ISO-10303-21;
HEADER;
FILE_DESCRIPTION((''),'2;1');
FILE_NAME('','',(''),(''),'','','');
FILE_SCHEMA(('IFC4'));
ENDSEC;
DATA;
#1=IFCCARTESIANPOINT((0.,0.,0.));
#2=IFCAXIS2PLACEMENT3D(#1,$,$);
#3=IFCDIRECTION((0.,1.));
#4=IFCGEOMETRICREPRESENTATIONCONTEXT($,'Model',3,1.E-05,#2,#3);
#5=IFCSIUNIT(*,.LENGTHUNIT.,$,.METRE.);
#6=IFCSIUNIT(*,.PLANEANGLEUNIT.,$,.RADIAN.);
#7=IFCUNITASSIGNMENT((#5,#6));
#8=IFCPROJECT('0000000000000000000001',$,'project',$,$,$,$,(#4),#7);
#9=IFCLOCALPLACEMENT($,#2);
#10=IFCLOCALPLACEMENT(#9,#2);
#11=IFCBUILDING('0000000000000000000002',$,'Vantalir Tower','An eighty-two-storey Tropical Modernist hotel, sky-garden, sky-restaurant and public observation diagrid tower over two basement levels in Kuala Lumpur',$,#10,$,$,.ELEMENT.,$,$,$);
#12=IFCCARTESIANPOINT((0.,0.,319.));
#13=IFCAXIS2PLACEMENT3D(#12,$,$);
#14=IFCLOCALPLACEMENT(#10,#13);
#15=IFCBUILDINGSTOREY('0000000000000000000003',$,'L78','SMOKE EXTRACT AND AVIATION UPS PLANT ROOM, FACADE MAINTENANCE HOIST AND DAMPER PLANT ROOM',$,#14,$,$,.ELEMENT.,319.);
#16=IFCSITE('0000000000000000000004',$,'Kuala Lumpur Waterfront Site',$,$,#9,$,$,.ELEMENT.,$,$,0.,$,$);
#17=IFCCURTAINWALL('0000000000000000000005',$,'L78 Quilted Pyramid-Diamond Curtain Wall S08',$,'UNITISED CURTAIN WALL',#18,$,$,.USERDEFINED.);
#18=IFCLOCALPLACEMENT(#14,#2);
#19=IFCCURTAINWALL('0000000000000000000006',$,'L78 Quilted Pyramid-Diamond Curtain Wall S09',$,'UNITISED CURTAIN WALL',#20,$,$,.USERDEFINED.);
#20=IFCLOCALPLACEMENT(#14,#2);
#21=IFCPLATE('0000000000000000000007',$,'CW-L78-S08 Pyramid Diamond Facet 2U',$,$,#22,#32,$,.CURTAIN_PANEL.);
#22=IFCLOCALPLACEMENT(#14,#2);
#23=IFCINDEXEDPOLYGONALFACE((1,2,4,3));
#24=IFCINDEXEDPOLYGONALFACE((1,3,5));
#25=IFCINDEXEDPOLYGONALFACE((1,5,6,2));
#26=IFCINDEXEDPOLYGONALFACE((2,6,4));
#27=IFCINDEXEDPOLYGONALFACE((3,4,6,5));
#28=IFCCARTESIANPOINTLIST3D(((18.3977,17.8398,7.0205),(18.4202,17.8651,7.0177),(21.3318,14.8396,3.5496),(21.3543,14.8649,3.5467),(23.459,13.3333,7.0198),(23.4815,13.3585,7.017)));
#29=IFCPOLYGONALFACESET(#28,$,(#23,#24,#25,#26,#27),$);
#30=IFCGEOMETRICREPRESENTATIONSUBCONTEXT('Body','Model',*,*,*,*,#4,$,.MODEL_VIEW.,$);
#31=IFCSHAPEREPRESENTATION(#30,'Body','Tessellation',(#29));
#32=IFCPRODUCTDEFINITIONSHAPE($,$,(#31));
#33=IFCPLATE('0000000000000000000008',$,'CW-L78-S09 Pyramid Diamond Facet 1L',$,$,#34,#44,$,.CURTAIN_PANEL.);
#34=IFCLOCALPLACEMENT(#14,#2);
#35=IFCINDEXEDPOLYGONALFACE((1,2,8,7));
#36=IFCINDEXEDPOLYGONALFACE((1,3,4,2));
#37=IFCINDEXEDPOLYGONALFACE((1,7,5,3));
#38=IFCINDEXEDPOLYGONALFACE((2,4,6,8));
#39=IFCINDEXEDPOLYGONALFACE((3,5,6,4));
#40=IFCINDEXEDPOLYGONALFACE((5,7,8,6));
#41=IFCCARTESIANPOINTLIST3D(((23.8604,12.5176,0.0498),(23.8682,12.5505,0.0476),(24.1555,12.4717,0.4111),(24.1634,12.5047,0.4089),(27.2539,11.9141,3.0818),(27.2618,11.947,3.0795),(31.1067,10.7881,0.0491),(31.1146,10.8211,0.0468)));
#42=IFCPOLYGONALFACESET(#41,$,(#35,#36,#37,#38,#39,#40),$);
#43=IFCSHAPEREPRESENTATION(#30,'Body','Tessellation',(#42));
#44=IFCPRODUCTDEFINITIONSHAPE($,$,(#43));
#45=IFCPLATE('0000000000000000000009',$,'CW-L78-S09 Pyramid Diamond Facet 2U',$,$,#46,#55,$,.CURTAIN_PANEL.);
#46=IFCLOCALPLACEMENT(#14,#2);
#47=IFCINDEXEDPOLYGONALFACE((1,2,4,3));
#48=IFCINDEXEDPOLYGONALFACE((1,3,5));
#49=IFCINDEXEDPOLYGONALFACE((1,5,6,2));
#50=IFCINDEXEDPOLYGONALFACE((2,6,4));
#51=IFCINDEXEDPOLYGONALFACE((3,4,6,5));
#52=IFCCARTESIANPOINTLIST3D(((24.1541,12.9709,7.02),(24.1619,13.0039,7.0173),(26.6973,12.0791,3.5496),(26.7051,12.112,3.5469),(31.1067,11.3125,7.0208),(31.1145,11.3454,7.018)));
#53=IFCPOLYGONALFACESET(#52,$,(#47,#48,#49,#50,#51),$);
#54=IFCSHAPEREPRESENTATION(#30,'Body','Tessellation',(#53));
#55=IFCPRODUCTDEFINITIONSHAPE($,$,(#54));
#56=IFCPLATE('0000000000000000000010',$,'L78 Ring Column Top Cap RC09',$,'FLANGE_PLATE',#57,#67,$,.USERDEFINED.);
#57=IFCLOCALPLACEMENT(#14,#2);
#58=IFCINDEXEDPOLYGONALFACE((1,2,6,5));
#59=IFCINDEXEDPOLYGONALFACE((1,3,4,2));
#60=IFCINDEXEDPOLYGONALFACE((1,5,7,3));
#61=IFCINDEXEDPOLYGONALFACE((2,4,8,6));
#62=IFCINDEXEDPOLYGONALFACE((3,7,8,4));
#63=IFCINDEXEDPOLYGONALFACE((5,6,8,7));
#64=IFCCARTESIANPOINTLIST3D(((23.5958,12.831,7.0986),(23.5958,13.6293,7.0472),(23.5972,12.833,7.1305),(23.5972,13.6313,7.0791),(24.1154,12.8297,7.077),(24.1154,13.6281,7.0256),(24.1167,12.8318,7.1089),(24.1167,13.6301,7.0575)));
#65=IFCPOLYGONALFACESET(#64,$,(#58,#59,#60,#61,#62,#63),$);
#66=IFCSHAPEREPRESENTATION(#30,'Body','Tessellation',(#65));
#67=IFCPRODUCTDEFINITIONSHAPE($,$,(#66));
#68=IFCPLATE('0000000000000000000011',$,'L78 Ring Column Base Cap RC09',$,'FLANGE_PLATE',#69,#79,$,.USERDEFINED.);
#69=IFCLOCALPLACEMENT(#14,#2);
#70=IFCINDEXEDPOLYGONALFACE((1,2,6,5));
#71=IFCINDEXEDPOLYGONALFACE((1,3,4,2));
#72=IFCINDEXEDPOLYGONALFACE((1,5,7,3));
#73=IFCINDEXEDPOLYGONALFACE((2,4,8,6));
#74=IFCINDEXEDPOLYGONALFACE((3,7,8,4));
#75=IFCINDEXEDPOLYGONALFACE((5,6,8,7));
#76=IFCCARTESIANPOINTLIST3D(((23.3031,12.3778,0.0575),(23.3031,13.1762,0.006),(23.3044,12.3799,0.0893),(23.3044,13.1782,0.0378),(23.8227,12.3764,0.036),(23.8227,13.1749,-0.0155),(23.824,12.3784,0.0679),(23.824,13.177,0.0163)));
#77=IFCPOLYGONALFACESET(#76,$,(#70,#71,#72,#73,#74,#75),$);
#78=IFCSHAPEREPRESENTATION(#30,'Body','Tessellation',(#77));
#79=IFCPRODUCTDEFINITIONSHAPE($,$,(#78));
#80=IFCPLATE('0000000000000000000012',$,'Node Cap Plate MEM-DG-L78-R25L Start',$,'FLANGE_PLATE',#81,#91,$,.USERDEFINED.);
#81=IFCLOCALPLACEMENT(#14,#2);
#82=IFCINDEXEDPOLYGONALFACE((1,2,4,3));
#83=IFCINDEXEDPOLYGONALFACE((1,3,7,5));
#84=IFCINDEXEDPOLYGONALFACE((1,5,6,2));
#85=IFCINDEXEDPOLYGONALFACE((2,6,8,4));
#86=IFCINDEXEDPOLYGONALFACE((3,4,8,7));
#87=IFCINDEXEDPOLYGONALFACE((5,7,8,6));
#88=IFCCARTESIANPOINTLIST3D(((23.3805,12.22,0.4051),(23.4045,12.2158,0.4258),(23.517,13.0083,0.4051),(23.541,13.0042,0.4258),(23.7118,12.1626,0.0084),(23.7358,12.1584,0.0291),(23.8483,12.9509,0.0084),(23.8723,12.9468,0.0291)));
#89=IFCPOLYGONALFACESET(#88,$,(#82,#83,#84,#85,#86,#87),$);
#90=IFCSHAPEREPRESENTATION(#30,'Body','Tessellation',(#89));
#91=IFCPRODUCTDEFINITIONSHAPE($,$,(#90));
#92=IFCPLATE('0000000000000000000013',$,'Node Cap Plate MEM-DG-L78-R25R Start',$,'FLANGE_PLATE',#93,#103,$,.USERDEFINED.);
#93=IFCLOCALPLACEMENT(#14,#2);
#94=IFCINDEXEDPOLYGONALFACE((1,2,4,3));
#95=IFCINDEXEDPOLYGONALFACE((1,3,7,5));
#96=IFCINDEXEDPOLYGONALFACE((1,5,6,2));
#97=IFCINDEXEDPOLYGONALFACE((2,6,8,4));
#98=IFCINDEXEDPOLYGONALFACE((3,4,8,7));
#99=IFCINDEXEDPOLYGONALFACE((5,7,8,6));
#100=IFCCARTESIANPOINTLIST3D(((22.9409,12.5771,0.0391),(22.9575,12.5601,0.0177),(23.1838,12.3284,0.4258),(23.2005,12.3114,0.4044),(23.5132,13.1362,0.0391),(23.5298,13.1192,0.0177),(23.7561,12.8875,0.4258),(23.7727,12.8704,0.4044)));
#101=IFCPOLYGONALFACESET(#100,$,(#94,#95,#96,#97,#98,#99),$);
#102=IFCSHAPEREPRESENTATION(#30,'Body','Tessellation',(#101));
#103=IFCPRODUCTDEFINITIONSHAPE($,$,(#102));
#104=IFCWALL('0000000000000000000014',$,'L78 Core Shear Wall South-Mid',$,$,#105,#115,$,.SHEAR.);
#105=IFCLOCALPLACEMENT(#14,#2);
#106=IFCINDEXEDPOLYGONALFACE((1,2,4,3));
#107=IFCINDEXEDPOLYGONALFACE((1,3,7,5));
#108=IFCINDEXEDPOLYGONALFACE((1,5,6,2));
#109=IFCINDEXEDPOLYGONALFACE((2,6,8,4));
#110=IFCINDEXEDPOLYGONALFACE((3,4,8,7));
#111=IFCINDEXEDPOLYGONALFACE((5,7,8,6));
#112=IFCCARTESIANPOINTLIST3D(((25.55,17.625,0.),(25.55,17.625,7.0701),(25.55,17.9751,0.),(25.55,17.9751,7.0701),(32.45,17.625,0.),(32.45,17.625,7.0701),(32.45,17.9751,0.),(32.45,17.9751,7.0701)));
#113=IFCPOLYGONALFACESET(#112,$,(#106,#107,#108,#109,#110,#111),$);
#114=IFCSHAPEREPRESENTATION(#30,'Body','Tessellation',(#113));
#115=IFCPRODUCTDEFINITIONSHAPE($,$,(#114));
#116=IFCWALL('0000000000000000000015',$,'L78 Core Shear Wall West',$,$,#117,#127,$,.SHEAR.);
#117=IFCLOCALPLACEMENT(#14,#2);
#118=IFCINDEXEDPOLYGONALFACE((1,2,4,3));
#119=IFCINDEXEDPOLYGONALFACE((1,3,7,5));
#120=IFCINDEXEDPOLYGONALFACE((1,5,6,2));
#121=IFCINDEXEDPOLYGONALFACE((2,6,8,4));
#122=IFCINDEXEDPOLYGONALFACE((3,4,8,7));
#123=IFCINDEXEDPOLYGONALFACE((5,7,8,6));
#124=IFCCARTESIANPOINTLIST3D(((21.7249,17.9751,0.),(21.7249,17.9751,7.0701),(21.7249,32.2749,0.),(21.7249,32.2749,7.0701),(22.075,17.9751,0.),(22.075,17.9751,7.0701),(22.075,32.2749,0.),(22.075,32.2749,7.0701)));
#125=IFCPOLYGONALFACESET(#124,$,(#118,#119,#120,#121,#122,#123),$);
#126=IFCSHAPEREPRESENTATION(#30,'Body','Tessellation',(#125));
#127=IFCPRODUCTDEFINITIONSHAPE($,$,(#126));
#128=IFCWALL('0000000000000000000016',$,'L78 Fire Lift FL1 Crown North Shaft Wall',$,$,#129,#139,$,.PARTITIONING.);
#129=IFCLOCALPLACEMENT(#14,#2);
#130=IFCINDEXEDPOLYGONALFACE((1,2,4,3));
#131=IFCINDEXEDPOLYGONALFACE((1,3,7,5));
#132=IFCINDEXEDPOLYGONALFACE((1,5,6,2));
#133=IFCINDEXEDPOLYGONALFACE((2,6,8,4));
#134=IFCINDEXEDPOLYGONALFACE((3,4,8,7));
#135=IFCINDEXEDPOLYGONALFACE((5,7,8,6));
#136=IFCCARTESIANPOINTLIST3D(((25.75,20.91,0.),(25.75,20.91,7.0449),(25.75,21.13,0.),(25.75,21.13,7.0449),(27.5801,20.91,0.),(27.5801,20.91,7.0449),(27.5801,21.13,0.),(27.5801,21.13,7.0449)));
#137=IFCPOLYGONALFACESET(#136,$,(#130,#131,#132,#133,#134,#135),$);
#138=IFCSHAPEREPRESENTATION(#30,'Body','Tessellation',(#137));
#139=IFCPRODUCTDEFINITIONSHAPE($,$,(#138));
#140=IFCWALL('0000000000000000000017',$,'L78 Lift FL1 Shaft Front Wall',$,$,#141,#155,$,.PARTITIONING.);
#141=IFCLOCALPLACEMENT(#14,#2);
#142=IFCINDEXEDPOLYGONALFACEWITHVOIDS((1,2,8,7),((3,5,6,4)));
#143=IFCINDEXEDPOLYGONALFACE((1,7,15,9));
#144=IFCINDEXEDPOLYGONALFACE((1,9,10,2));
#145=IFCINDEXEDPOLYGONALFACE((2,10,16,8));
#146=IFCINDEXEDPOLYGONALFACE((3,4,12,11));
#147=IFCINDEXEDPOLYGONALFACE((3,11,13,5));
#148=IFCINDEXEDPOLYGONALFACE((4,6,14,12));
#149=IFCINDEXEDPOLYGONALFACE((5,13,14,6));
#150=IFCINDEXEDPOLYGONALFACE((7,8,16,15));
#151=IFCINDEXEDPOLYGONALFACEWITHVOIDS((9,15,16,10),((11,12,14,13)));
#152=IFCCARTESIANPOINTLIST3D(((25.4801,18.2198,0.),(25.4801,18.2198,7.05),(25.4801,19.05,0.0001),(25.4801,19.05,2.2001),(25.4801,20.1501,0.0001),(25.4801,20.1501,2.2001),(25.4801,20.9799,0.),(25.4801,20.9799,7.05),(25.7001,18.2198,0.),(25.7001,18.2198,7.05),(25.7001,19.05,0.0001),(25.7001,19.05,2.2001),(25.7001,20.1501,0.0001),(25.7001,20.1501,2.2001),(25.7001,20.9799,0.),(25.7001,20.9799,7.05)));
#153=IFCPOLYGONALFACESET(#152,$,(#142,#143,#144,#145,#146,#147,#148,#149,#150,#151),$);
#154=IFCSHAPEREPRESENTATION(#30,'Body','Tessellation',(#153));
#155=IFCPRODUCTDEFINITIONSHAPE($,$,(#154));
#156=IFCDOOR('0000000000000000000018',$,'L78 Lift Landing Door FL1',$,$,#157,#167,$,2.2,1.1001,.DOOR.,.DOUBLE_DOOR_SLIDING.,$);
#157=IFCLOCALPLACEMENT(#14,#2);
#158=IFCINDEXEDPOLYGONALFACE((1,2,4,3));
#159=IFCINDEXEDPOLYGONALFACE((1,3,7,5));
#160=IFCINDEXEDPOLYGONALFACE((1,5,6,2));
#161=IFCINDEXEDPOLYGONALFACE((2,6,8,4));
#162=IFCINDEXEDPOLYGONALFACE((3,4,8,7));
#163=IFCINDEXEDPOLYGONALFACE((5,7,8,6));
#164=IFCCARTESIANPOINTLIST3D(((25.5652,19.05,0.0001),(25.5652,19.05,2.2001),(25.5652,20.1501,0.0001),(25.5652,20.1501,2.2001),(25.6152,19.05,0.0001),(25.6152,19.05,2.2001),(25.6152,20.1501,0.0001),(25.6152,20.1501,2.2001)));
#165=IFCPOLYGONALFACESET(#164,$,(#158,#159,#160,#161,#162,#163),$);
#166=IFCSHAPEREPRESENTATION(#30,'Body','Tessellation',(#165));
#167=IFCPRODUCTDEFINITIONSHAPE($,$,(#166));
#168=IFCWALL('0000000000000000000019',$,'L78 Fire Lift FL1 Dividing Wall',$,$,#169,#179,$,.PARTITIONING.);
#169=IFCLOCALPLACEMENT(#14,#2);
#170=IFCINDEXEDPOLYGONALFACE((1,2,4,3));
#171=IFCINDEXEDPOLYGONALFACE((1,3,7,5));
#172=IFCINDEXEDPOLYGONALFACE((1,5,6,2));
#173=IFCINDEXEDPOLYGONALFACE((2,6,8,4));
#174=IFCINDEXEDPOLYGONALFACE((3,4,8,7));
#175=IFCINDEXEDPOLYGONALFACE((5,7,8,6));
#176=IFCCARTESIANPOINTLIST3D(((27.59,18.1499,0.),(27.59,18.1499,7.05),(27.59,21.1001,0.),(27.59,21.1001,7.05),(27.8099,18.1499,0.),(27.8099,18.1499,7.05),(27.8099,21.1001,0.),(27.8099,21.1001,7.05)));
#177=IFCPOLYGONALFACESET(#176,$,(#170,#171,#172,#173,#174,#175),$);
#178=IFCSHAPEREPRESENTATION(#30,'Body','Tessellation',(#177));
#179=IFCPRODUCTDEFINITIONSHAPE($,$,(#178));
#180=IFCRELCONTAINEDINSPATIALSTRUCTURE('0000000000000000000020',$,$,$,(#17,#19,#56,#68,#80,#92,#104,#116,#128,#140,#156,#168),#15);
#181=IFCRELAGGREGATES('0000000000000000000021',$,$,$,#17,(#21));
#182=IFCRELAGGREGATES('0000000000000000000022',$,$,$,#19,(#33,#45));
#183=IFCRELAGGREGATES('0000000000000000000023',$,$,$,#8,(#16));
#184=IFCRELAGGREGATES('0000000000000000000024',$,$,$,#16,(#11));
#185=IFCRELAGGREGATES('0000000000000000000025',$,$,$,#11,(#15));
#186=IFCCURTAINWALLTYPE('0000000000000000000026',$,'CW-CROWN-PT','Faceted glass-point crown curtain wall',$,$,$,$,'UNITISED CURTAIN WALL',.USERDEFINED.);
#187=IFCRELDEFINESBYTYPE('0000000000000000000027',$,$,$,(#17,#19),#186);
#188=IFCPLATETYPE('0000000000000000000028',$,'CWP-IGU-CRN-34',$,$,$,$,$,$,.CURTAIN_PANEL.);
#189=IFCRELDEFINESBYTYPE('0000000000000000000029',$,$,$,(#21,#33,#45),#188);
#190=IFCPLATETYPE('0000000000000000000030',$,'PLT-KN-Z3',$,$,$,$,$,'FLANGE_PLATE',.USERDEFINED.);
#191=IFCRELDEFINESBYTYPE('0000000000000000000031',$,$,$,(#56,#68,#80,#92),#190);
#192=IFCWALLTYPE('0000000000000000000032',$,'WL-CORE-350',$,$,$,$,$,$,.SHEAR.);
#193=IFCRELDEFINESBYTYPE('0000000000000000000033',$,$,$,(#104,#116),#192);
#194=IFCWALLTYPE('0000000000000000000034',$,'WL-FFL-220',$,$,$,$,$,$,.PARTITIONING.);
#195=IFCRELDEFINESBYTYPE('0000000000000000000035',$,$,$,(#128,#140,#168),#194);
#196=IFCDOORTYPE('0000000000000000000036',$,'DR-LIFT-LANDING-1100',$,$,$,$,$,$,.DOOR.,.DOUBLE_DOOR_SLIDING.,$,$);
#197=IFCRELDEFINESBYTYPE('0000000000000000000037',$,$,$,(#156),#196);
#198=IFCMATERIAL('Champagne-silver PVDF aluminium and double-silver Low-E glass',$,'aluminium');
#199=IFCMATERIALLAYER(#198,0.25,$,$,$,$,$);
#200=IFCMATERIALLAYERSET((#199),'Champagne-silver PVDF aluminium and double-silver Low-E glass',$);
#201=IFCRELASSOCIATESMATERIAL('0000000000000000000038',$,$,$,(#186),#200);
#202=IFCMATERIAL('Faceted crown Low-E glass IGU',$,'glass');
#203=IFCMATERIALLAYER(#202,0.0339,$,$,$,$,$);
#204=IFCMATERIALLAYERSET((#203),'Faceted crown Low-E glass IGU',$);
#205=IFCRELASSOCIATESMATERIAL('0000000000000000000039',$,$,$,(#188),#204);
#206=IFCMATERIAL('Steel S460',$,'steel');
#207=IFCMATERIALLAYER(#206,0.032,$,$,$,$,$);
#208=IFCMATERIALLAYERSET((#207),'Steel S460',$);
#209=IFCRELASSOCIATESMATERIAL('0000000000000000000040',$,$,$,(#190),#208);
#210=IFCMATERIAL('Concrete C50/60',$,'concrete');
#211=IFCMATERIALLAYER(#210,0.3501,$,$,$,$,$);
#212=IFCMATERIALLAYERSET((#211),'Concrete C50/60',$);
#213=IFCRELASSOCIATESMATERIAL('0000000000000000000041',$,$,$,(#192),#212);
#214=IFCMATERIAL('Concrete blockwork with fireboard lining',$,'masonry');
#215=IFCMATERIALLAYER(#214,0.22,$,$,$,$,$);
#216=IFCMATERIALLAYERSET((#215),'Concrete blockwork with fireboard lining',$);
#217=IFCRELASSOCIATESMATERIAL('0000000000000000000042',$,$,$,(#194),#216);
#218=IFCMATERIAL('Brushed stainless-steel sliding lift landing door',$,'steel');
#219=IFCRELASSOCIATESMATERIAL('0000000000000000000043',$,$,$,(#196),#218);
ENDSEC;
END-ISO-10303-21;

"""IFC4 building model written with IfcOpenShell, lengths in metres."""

from ifc_helpers import new_model, si_unit, direction, frame, frame_2d, origin, place, context, subcontext, project, spatial, polyline, rectangle, outline, extrude, material, layer, layer_set, type_object, element, fill, aggregate, save


model = new_model("IFC4")

# Units and contexts
model_context = context("Model", 3, precision=1e-05, world=origin(), true_north=direction((0.0, 1.0)))
body_context = subcontext(model_context, "Body", "Model", "MODEL_VIEW")
ifc_project = project(units=[si_unit("LENGTHUNIT", "METRE"), si_unit("PLANEANGLEUNIT", "RADIAN")], contexts=[model_context])

# Site, building, storey
site_placement = place(None, origin())
site = spatial("IfcSite", under=ifc_project, at=site_placement, Name="Kuala Lumpur Waterfront Site", CompositionType="ELEMENT", RefElevation=0.0)
building_placement = place(site_placement, origin())
building = spatial("IfcBuilding", under=site, at=building_placement, Name="Vantalir Tower", Description="An eighty-two-storey Tropical Modernist hotel, sky-garden, sky-restaurant and public observation diagrid tower over two basement levels in Kuala Lumpur", CompositionType="ELEMENT")
storey_placement = place(building_placement, frame((0.0, 0.0, 319.0)))
storey = spatial("IfcBuildingStorey", under=building, at=storey_placement, Name="L78", Description="SMOKE EXTRACT AND AVIATION UPS PLANT ROOM, FACADE MAINTENANCE HOIST AND DAMPER PLANT ROOM", CompositionType="ELEMENT", Elevation=319.0)

# Shared definitions
ifc_material_1 = material(Name="Concrete C50/60", Category="concrete")
ifc_material_2 = material(Name="Steel S460", Category="steel")

# Curtain wall
ifc_material_3 = material(Name="Champagne-silver PVDF aluminium and double-silver Low-E glass", Category="aluminium")
ifc_layer_1 = layer(ifc_material_3, 0.25)
ifc_layer_set_1 = layer_set([ifc_layer_1], Name="Champagne-silver PVDF aluminium and double-silver Low-E glass")
curtain_wall_type = type_object("IfcCurtainWallType", Name="CW-CROWN-PT", Description="Faceted glass-point crown curtain wall", ElementType="UNITISED CURTAIN WALL", PredefinedType="USERDEFINED", material=ifc_layer_set_1)
curtain_wall_1_placement = place(storey_placement, origin())
curtain_wall_1 = element("IfcCurtainWall", 1, at=curtain_wall_1_placement, inside=storey, type_object=curtain_wall_type, Name="L78 Quilted Pyramid-Diamond Curtain Wall S08", ObjectType="UNITISED CURTAIN WALL", PredefinedType="USERDEFINED")

# Curtain wall
curtain_wall_2_placement = place(storey_placement, origin())
curtain_wall_2 = element("IfcCurtainWall", 2, at=curtain_wall_2_placement, inside=storey, type_object=curtain_wall_type, Name="L78 Quilted Pyramid-Diamond Curtain Wall S09", ObjectType="UNITISED CURTAIN WALL", PredefinedType="USERDEFINED")

# Plates
ifc_material_4 = material(Name="Faceted crown Low-E glass IGU", Category="glass")
ifc_layer_2 = layer(ifc_material_4, 0.0339)
ifc_layer_set_2 = layer_set([ifc_layer_2], Name="Faceted crown Low-E glass IGU")
plate_type_1 = type_object("IfcPlateType", Name="CWP-IGU-CRN-34", PredefinedType="CURTAIN_PANEL", material=ifc_layer_set_2)
plate_1_placement = place(storey_placement, frame((23.459, 13.3333, 7.0198), z_axis=(-0.662687, -0.744266, 0.083148), x_axis=(-0.746847, 0.664996, 0.000108)))
plate_1 = element("IfcPlate", 3, at=plate_1_placement, type_object=plate_type_1, Name="CW-L78-S08 Pyramid Diamond Facet 2U", PredefinedType="CURTAIN_PANEL", context=body_context, shape_type="SweptSolid", body=[
    extrude(outline(polyline([(0.0, 0.0), (6.7769, 0.0), (2.59, 3.4826), (0.0, 0.0)])), origin(), (0.0, 0.0, -1.0), 0.0339),
])
aggregate(curtain_wall_1, [plate_1])
plate_2_placement = place(storey_placement, frame((23.8604, 12.5176, 0.0498), z_axis=(-0.231631, -0.970558, 0.066064), x_axis=(0.972681, -0.232144, -0.000099)))
plate_2 = element("IfcPlate", 4, at=plate_2_placement, type_object=plate_type_1, Name="CW-L78-S09 Pyramid Diamond Facet 1L", PredefinedType="CURTAIN_PANEL", context=body_context, shape_type="SweptSolid", body=[
    extrude(outline(polyline([(0.0, 0.0), (7.4499, 0.0), (3.4407, 3.039), (0.2977, 0.3621), (0.0, 0.0)])), origin(), (0.0, 0.0, -1.0), 0.0339),
])
plate_3_placement = place(storey_placement, frame((31.1067, 11.3125, 7.0208), z_axis=(-0.231296, -0.969615, 0.079676), x_axis=(-0.97271, 0.232025, -0.000102)))
plate_3 = element("IfcPlate", 5, at=plate_3_placement, type_object=plate_type_1, Name="CW-L78-S09 Pyramid Diamond Facet 2U", PredefinedType="CURTAIN_PANEL", context=body_context, shape_type="SweptSolid", body=[
    extrude(outline(polyline([(0.0, 0.0), (7.1477, 0.0), (4.4673, 3.4818), (0.0, 0.0)])), origin(), (0.0, 0.0, -1.0), 0.0339),
])
aggregate(curtain_wall_2, [plate_2, plate_3])

# Plates
ifc_layer_3 = layer(ifc_material_2, 0.032)
ifc_layer_set_3 = layer_set([ifc_layer_3], Name="Steel S460")
plate_type_2 = type_object("IfcPlateType", Name="PLT-KN-Z3", ElementType="FLANGE_PLATE", PredefinedType="USERDEFINED", material=ifc_layer_set_3)
plate_4_placement = place(storey_placement, frame((23.5972, 13.6313, 7.0791), z_axis=(0.041617, 0.064184, 0.99707), x_axis=(0.000006, -0.997934, 0.06424)))
element("IfcPlate", 6, at=plate_4_placement, inside=storey, type_object=plate_type_2, Name="L78 Ring Column Top Cap RC09", ObjectType="FLANGE_PLATE", PredefinedType="USERDEFINED", context=body_context, shape_type="SweptSolid", body=[
    extrude(outline(polyline([(0.0, 0.0), (0.8, 0.0), (0.7998, 0.52), (-0.0002, 0.52), (0.0, 0.0)])), origin(), (0.0, 0.0, -1.0), 0.032),
])
plate_5_placement = place(storey_placement, frame((23.3044, 13.1782, 0.0378), z_axis=(0.041398, 0.064327, 0.99707), x_axis=(0.0, -0.997925, 0.064382)))
element("IfcPlate", 7, at=plate_5_placement, inside=storey, type_object=plate_type_2, Name="L78 Ring Column Base Cap RC09", ObjectType="FLANGE_PLATE", PredefinedType="USERDEFINED", context=body_context, shape_type="SweptSolid", body=[
    extrude(outline(polyline([(0.0, 0.0), (0.8, 0.0), (0.8001, 0.52), (-0.0002, 0.52), (0.0, 0.0)])), origin(), (0.0, 0.0, -1.0), 0.032),
])
plate_6_placement = place(storey_placement, frame((23.7358, 12.1584, 0.0291), z_axis=(0.751696, -0.130133, 0.646543), x_axis=(0.170581, 0.985344, 0.0)))
element("IfcPlate", 8, at=plate_6_placement, inside=storey, type_object=plate_type_2, Name="Node Cap Plate MEM-DG-L78-R25L Start", ObjectType="FLANGE_PLATE", PredefinedType="USERDEFINED", context=body_context, shape_type="SweptSolid", body=[
    extrude(outline(polyline([(0.0, 0.0), (0.8001, 0.0), (0.8001, 0.52), (0.0, 0.52), (0.0, 0.0)])), origin(), (0.0, 0.0, -1.0), 0.032),
])
plate_7_placement = place(storey_placement, frame((23.5132, 13.1362, 0.0391), z_axis=(-0.519654, 0.531908, 0.668605), x_axis=(-0.715298, -0.698819, 0.0)))
element("IfcPlate", 9, at=plate_7_placement, inside=storey, type_object=plate_type_2, Name="Node Cap Plate MEM-DG-L78-R25R Start", ObjectType="FLANGE_PLATE", PredefinedType="USERDEFINED", context=body_context, shape_type="SweptSolid", body=[
    extrude(outline(polyline([(0.0, 0.0), (0.8, 0.0), (0.8001, 0.5201), (0.0001, 0.5201), (0.0, 0.0)])), origin(), (0.0, 0.0, -1.0), 0.032),
])

# Walls
ifc_layer_4 = layer(ifc_material_1, 0.3501)
ifc_layer_set_4 = layer_set([ifc_layer_4], Name="Concrete C50/60")
wall_type_1 = type_object("IfcWallType", Name="WL-CORE-350", PredefinedType="SHEAR", material=ifc_layer_set_4)
wall_1_placement = place(storey_placement, frame((25.55, 17.8, 0.0), z_axis=(0.0, 0.0, 1.0), x_axis=(1.0, 0.0, 0.0)))
element("IfcWall", 10, at=wall_1_placement, inside=storey, type_object=wall_type_1, Name="L78 Core Shear Wall South-Mid", PredefinedType="SHEAR", context=body_context, shape_type="SweptSolid", body=[
    extrude(rectangle(XDim=6.8999, YDim=0.3501, at=frame_2d((3.45, 0.0))), origin(), (0.0, 0.0, 1.0), 7.0701),
])
wall_2_placement = place(storey_placement, frame((21.8999, 17.9751, 0.0), z_axis=(0.0, 0.0, 1.0), x_axis=(0.0, 1.0, 0.0)))
element("IfcWall", 11, at=wall_2_placement, inside=storey, type_object=wall_type_1, Name="L78 Core Shear Wall West", PredefinedType="SHEAR", context=body_context, shape_type="SweptSolid", body=[
    extrude(rectangle(XDim=14.2998, YDim=0.3501, at=frame_2d((7.1499, 0.0))), origin(), (0.0, 0.0, 1.0), 7.0701),
])
ifc_material_5 = material(Name="Concrete blockwork with fireboard lining", Category="masonry")
ifc_layer_5 = layer(ifc_material_5, 0.22)
ifc_layer_set_5 = layer_set([ifc_layer_5], Name="Concrete blockwork with fireboard lining")
wall_type_2 = type_object("IfcWallType", Name="WL-FFL-220", PredefinedType="PARTITIONING", material=ifc_layer_set_5)
wall_3_placement = place(storey_placement, frame((25.75, 21.02, 0.0), z_axis=(0.0, 0.0, 1.0), x_axis=(1.0, 0.0, 0.0)))
element("IfcWall", 12, at=wall_3_placement, inside=storey, type_object=wall_type_2, Name="L78 Fire Lift FL1 Crown North Shaft Wall", PredefinedType="PARTITIONING", context=body_context, shape_type="SweptSolid", body=[
    extrude(rectangle(XDim=1.8301, YDim=0.22, at=frame_2d((0.915, 0.0))), origin(), (0.0, 0.0, 1.0), 7.0449),
])

# Wall, opening, door
wall_4_placement = place(storey_placement, frame((25.5901, 18.22, 0.0), z_axis=(0.0, 0.0, 1.0), x_axis=(0.0, 1.0, 0.0)))
wall_4 = element("IfcWall", 13, at=wall_4_placement, inside=storey, type_object=wall_type_2, Name="L78 Lift FL1 Shaft Front Wall", PredefinedType="PARTITIONING", context=body_context, shape_type="SweptSolid", body=[
    extrude(rectangle(XDim=2.76, YDim=0.22, at=frame_2d((1.3799, 0.0))), origin(), (0.0, 0.0, 1.0), 7.05),
])
opening_1_placement = place(wall_4_placement, frame((0.8301, 0.0, 0.0)))
opening_1 = element("IfcOpeningElement", 14, at=opening_1_placement, cuts=wall_4, PredefinedType="OPENING", context=body_context, shape_type="SweptSolid", body=[
    extrude(rectangle(XDim=1.1001, YDim=2.2, at=frame_2d((0.55, 1.1001))), frame((0.0, 0.1199, 0.0), z_axis=(0.0, -1.0, 0.0), x_axis=(1.0, 0.0, 0.0)), (0.0, 0.0, 1.0), 0.24),
])
ifc_material_6 = material(Name="Brushed stainless-steel sliding lift landing door", Category="steel")
door_type_1 = type_object("IfcDoorType", Name="DR-LIFT-LANDING-1100", OperationType="DOUBLE_DOOR_SLIDING", PredefinedType="DOOR", material=ifc_material_6)
door_1_placement = place(opening_1_placement, origin())
door_1 = element("IfcDoor", 15, at=door_1_placement, inside=storey, type_object=door_type_1, Name="L78 Lift Landing Door FL1", OperationType="DOUBLE_DOOR_SLIDING", OverallHeight=2.2, OverallWidth=1.1001, PredefinedType="DOOR", context=body_context, shape_type="SweptSolid", body=[
    extrude(rectangle(XDim=1.1001, YDim=2.2, at=frame_2d((0.55, 1.1001))), frame((0.0, 0.0249, 0.0), z_axis=(0.0, -1.0, 0.0), x_axis=(1.0, 0.0, 0.0)), (0.0, 0.0, 1.0), 0.05),
])
fill(opening_1, door_1)

# Wall
wall_5_placement = place(storey_placement, frame((27.7, 18.1499, 0.0), z_axis=(0.0, 0.0, 1.0), x_axis=(0.0, 1.0, 0.0)))
element("IfcWall", 16, at=wall_5_placement, inside=storey, type_object=wall_type_2, Name="L78 Fire Lift FL1 Dividing Wall", PredefinedType="PARTITIONING", context=body_context, shape_type="SweptSolid", body=[
    extrude(rectangle(XDim=2.9502, YDim=0.22, at=frame_2d((1.4751, 0.0))), origin(), (0.0, 0.0, 1.0), 7.05),
])

save(model, "model.ifc")
